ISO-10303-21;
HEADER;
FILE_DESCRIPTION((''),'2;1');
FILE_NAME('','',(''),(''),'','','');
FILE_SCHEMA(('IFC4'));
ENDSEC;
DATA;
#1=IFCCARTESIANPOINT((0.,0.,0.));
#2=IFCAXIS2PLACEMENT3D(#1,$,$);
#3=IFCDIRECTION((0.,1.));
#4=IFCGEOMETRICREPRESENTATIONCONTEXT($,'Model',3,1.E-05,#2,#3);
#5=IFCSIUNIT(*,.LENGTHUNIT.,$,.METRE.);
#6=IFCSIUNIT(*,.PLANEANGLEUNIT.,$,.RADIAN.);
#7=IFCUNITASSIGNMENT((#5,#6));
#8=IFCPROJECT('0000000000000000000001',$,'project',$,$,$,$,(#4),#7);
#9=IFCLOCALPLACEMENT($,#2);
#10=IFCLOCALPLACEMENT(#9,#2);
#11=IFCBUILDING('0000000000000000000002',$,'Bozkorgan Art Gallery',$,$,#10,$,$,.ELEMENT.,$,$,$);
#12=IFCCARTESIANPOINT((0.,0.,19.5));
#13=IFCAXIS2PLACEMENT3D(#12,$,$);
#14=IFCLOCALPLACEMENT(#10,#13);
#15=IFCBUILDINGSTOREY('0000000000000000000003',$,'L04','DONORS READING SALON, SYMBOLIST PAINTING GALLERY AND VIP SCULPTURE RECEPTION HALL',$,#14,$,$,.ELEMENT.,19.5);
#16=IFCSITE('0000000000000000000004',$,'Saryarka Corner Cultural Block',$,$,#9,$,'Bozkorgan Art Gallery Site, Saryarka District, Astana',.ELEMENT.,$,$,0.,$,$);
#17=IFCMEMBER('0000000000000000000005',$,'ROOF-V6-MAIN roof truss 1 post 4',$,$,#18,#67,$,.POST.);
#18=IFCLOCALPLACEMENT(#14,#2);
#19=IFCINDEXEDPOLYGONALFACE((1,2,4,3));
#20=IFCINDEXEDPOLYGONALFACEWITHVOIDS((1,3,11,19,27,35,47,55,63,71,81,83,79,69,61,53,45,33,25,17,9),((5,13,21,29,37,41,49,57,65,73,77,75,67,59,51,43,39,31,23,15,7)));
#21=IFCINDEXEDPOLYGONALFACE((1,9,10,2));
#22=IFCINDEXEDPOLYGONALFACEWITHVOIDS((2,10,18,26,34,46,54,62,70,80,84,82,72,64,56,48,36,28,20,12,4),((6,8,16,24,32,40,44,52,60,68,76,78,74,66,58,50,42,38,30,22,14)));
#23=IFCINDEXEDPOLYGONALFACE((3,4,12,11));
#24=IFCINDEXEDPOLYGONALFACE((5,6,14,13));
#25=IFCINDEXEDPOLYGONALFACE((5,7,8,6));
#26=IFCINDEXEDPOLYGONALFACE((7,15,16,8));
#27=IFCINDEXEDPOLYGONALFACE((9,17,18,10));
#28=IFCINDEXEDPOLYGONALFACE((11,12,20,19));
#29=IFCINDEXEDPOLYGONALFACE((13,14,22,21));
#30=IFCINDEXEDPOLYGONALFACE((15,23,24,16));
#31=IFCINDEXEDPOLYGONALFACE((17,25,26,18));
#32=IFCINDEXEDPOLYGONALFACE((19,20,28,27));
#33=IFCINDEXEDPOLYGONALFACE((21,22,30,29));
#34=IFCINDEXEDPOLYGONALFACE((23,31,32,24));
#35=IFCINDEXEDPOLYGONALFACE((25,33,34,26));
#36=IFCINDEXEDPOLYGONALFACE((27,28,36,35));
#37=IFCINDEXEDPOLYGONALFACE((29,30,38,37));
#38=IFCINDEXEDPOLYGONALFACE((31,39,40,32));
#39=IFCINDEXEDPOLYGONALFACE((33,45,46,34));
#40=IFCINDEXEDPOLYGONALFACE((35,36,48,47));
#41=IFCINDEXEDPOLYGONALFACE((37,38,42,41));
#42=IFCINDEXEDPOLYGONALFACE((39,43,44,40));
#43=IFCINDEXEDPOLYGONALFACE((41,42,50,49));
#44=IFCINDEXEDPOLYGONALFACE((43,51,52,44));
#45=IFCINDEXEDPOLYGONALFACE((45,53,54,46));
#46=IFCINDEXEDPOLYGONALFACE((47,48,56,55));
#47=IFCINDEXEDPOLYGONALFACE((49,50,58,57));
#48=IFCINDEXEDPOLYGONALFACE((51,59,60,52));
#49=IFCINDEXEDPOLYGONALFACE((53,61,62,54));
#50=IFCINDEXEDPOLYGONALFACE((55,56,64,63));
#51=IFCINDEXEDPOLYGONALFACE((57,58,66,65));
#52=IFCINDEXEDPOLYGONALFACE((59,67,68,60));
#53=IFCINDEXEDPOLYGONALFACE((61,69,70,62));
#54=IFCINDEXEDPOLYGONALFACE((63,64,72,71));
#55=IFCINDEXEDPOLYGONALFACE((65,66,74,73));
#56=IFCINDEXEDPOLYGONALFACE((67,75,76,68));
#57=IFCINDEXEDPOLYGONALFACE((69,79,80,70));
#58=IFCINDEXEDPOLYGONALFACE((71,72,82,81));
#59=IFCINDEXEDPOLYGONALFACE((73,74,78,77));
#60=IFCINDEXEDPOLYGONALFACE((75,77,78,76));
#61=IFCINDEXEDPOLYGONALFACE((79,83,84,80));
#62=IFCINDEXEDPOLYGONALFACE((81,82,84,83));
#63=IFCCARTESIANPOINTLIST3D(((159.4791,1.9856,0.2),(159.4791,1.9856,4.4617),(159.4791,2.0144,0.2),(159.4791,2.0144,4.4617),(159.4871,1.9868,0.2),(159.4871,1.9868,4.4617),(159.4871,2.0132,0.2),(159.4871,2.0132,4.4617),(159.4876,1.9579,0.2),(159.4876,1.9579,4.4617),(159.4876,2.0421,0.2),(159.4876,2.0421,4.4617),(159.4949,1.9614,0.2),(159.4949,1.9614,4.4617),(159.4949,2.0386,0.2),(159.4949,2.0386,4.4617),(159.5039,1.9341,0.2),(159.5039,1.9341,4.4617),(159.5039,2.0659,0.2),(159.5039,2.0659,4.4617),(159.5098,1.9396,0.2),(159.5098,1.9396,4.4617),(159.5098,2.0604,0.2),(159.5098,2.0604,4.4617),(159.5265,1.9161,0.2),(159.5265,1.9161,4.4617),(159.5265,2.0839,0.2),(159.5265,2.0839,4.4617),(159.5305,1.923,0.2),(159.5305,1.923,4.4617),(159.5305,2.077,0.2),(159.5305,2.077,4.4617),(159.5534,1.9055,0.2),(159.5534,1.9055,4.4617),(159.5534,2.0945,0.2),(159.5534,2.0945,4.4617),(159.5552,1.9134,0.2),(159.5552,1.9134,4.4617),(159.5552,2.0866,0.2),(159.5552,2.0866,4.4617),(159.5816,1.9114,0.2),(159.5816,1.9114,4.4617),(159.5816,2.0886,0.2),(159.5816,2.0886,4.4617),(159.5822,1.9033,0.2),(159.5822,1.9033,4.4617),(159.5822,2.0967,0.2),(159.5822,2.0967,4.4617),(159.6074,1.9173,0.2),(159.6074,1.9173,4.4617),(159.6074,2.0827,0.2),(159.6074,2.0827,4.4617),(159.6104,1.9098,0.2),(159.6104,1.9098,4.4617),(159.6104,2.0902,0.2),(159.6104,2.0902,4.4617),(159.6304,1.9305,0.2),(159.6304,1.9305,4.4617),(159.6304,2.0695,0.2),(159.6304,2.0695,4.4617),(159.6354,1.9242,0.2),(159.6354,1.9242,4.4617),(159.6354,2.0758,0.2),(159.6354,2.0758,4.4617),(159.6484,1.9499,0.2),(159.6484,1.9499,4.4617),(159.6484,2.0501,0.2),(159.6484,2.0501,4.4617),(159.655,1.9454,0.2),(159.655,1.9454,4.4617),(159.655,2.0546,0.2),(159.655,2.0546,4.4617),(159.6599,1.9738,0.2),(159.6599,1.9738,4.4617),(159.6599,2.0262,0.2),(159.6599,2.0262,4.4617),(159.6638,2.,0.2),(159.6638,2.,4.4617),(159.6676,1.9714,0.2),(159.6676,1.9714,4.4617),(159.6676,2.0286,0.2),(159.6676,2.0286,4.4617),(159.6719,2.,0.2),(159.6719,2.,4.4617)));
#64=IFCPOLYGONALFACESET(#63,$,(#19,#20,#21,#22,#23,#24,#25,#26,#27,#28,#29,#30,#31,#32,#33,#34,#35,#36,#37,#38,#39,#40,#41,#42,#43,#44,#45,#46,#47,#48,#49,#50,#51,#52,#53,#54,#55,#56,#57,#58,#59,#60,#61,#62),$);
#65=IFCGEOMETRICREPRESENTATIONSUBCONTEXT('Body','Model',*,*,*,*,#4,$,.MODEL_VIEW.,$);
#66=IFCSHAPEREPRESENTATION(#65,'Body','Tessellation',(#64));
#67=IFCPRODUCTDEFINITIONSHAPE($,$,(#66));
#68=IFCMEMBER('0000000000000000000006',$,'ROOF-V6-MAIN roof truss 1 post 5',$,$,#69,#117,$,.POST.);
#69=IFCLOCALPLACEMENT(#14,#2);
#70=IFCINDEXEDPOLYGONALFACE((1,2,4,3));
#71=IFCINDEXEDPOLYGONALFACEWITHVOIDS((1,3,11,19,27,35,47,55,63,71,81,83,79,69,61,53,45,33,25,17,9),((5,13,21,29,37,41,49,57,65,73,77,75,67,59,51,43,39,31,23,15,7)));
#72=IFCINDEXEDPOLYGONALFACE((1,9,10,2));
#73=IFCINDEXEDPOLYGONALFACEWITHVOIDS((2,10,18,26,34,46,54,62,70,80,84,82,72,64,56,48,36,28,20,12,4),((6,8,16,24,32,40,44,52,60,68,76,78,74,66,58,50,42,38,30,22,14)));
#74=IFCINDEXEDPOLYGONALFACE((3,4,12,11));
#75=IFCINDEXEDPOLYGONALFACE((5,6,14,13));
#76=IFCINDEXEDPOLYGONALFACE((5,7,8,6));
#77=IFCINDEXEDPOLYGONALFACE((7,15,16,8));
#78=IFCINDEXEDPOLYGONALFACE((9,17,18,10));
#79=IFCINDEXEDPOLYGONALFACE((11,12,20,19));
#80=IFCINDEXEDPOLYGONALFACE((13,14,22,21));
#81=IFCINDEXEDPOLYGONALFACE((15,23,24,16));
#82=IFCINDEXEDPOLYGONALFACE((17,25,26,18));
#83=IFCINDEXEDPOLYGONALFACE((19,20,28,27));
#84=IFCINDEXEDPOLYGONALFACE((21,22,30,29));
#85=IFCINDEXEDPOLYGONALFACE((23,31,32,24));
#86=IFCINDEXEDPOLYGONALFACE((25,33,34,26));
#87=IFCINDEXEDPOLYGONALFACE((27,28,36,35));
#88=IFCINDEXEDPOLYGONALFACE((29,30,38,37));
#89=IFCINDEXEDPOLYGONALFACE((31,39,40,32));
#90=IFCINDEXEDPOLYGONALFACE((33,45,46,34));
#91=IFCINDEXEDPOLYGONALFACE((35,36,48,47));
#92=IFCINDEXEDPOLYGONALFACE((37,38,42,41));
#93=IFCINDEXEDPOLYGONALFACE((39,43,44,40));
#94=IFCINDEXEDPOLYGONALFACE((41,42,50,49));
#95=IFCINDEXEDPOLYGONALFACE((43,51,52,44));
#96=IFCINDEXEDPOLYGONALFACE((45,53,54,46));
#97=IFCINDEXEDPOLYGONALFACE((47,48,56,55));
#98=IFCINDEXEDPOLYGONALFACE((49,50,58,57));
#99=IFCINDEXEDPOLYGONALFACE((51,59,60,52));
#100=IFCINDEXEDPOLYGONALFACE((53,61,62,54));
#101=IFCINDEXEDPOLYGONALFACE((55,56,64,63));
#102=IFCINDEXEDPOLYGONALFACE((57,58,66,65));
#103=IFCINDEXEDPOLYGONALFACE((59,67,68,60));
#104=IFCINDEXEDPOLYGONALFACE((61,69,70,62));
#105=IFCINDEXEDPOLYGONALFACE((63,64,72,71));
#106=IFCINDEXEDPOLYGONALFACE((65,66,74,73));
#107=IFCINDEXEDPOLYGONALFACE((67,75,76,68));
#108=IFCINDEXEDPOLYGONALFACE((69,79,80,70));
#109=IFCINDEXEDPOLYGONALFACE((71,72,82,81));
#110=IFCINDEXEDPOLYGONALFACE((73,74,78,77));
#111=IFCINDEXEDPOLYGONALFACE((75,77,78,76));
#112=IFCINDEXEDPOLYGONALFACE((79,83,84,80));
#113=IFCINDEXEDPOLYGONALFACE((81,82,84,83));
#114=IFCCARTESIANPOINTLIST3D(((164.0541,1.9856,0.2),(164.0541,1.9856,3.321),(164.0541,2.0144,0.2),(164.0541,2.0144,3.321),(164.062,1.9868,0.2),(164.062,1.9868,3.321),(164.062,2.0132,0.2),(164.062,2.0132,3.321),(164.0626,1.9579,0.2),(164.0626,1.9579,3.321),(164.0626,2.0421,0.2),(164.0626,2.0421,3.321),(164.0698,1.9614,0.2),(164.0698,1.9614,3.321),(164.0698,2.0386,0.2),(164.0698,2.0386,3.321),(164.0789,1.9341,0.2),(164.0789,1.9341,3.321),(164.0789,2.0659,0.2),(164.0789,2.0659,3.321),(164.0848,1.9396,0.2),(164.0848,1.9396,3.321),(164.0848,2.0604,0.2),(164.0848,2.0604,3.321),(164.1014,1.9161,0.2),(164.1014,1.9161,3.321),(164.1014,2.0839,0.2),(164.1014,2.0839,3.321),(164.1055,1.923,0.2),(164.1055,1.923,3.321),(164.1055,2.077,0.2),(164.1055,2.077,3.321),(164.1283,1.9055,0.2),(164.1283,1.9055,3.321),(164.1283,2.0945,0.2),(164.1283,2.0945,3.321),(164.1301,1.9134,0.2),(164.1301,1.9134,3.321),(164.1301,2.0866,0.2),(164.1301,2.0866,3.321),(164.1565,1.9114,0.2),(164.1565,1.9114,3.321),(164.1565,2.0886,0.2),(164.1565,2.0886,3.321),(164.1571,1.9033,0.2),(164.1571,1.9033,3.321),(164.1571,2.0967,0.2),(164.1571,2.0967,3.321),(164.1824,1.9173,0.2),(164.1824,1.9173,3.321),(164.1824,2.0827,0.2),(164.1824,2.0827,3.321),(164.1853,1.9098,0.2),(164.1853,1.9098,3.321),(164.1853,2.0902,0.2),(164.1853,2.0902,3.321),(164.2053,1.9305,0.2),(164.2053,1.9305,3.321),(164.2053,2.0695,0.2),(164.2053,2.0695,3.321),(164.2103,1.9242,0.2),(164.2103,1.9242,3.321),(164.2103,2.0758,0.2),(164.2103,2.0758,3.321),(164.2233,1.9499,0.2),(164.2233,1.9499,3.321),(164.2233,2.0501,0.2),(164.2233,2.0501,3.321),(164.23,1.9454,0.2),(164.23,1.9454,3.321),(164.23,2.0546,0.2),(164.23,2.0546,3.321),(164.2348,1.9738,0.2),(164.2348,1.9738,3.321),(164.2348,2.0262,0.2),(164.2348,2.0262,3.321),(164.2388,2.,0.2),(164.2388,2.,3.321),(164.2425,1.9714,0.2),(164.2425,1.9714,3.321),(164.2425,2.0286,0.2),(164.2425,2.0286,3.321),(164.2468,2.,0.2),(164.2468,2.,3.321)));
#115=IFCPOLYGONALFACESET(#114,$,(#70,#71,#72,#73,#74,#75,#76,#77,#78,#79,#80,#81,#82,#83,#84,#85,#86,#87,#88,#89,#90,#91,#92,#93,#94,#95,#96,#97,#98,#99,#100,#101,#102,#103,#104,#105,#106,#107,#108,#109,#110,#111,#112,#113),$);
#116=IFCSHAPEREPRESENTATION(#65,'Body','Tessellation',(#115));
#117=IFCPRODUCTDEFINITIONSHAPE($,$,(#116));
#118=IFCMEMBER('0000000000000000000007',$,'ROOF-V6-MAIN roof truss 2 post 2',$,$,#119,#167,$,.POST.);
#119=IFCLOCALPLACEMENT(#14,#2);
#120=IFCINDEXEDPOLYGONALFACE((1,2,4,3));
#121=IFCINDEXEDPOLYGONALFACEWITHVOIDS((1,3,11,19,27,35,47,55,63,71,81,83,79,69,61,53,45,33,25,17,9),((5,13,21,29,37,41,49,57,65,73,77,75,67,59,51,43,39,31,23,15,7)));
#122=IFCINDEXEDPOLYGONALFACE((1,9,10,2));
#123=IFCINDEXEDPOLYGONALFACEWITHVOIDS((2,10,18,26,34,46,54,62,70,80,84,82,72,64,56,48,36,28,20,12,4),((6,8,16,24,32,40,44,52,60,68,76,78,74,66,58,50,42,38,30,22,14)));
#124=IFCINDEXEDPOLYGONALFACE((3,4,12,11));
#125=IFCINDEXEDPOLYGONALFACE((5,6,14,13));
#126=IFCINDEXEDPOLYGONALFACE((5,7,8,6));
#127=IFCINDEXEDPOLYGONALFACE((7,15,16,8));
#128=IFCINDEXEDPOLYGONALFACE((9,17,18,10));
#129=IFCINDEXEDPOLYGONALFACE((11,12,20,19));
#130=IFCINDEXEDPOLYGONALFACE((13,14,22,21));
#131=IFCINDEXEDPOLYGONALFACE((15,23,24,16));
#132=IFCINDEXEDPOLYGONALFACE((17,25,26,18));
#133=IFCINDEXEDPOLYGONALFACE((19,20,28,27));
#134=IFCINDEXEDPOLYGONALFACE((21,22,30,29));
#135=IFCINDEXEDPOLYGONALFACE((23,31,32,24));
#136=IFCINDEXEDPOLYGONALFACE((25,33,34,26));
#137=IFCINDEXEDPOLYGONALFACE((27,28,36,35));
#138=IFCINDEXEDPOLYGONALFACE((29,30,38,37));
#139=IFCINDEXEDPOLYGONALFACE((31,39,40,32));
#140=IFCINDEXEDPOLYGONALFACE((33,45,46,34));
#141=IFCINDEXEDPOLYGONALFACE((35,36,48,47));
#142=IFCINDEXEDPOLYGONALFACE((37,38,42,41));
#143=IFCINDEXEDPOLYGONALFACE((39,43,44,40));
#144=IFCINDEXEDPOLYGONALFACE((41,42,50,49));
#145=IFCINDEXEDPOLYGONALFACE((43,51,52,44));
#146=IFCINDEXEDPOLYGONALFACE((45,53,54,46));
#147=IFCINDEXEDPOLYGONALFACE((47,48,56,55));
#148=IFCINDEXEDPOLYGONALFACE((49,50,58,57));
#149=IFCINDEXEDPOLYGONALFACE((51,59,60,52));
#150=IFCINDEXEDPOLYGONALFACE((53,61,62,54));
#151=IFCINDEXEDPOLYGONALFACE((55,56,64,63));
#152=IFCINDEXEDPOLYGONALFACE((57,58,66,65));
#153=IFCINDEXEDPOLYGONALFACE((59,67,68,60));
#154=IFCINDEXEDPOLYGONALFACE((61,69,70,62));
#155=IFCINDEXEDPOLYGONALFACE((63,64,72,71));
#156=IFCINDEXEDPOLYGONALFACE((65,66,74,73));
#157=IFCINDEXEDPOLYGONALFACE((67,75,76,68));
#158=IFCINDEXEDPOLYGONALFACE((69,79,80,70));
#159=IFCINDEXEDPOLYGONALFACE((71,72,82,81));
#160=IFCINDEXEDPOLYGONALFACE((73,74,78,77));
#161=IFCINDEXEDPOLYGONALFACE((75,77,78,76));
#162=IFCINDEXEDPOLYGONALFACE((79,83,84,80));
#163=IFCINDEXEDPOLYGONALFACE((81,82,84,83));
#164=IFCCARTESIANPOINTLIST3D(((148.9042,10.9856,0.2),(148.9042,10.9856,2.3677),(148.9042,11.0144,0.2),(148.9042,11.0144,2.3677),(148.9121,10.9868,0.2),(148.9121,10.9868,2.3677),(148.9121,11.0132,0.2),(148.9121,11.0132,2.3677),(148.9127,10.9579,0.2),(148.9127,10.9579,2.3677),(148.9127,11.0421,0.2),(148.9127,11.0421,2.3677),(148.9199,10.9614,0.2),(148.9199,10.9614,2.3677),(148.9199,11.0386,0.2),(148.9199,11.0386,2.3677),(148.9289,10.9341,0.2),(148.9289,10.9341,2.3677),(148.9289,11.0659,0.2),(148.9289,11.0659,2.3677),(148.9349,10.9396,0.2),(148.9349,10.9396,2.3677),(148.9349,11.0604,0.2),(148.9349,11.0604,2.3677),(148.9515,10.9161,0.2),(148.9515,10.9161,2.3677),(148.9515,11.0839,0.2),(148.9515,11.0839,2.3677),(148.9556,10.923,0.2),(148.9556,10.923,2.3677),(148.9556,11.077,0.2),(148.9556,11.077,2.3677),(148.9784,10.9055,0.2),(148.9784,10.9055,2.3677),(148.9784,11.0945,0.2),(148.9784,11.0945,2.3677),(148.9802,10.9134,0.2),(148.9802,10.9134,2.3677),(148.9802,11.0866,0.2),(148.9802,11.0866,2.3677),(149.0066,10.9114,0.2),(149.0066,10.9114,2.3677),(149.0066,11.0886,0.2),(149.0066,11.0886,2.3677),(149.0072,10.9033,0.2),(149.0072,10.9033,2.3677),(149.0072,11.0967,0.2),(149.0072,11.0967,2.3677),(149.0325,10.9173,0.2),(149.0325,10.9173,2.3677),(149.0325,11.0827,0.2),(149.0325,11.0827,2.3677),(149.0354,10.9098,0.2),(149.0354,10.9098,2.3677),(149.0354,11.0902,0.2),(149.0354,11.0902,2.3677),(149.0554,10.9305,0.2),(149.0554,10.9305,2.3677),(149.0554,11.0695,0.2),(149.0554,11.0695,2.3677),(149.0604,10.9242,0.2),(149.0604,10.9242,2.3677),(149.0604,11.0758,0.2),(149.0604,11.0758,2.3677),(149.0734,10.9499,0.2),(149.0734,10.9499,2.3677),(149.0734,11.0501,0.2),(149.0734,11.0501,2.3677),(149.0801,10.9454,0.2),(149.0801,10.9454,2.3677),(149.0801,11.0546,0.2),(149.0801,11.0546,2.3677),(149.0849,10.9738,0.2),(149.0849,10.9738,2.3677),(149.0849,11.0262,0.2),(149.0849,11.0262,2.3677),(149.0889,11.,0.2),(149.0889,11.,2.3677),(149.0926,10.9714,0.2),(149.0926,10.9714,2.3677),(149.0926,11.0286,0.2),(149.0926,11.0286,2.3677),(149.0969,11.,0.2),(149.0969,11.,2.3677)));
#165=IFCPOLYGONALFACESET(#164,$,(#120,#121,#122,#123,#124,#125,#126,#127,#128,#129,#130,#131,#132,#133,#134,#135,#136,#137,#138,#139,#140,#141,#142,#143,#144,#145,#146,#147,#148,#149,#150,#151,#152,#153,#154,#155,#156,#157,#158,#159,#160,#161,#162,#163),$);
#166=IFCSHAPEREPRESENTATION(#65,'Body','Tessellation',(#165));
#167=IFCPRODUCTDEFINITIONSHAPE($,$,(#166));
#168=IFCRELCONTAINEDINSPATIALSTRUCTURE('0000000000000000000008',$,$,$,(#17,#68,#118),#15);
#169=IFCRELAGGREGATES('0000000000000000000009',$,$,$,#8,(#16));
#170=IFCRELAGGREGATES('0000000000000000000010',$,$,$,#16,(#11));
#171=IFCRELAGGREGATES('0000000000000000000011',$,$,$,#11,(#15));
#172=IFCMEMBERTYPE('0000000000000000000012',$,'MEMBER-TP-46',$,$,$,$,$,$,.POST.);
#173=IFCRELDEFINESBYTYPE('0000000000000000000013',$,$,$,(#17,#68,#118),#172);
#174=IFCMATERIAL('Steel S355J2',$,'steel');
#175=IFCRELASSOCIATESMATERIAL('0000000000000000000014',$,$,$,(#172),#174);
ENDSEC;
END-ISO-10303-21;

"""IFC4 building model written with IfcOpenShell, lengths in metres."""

from ifc_helpers import new_model, si_unit, direction, frame, origin, origin_2d, place, context, subcontext, project, spatial, hollow_circle, extrude, material, material_profile, profile_set, type_object, element, save


model = new_model("IFC4")

# Units and contexts
model_context = context("Model", 3, precision=1e-05, world=origin(), true_north=direction((0.0, 1.0)))
body_context = subcontext(model_context, "Body", "Model", "MODEL_VIEW")
ifc_project = project(units=[si_unit("LENGTHUNIT", "METRE"), si_unit("PLANEANGLEUNIT", "RADIAN")], contexts=[model_context])

# Site, building, storey
site_placement = place(None, origin())
site = spatial("IfcSite", under=ifc_project, at=site_placement, Name="Saryarka Corner Cultural Block", LongName="Bozkorgan Art Gallery Site, Saryarka District, Astana", CompositionType="ELEMENT", RefElevation=0.0)
building_placement = place(site_placement, origin())
building = spatial("IfcBuilding", under=site, at=building_placement, Name="Bozkorgan Art Gallery", CompositionType="ELEMENT")
storey_placement = place(building_placement, frame((0.0, 0.0, 19.5)))
storey = spatial("IfcBuildingStorey", under=building, at=storey_placement, Name="L04", Description="DONORS READING SALON, SYMBOLIST PAINTING GALLERY AND VIP SCULPTURE RECEPTION HALL", CompositionType="ELEMENT", Elevation=19.5)

# Members
ifc_material_1 = material(Name="Steel S355J2", Category="steel")
ifc_material_profile_1 = material_profile(ifc_material_1, hollow_circle(Radius=0.0969, WallThickness=0.0081, at=origin_2d()), Name="CHS 193.7x8")
ifc_profile_set_1 = profile_set([ifc_material_profile_1], Name="Steel S355J2")
member_type_1 = type_object("IfcMemberType", Name="MEMBER-TP-46", PredefinedType="POST", material=ifc_profile_set_1)
member_1_placement = place(storey_placement, frame((159.575, 2.0, 0.2), z_axis=(0.0, 0.0, 1.0), x_axis=(1.0, 0.0, 0.0)))
element("IfcMember", 1, at=member_1_placement, inside=storey, type_object=member_type_1, Name="ROOF-V6-MAIN roof truss 1 post 4", PredefinedType="POST", context=body_context, shape_type="SweptSolid", body=[
    extrude(hollow_circle(Radius=0.0969, WallThickness=0.0081, at=origin_2d()), origin(), (0.0, 0.0, 1.0), 4.2617),
])
member_2_placement = place(storey_placement, frame((164.1499, 2.0, 0.2), z_axis=(0.0, 0.0, 1.0), x_axis=(1.0, 0.0, 0.0)))
element("IfcMember", 2, at=member_2_placement, inside=storey, type_object=member_type_1, Name="ROOF-V6-MAIN roof truss 1 post 5", PredefinedType="POST", context=body_context, shape_type="SweptSolid", body=[
    extrude(hollow_circle(Radius=0.0969, WallThickness=0.0081, at=origin_2d()), origin(), (0.0, 0.0, 1.0), 3.1211),
])
member_3_placement = place(storey_placement, frame((149.0, 11.0, 0.2), z_axis=(0.0, 0.0, 1.0), x_axis=(1.0, 0.0, 0.0)))
element("IfcMember", 3, at=member_3_placement, inside=storey, type_object=member_type_1, Name="ROOF-V6-MAIN roof truss 2 post 2", PredefinedType="POST", context=body_context, shape_type="SweptSolid", body=[
    extrude(hollow_circle(Radius=0.0969, WallThickness=0.0081, at=origin_2d()), origin(), (0.0, 0.0, 1.0), 2.1677),
])

save(model, "model.ifc")
